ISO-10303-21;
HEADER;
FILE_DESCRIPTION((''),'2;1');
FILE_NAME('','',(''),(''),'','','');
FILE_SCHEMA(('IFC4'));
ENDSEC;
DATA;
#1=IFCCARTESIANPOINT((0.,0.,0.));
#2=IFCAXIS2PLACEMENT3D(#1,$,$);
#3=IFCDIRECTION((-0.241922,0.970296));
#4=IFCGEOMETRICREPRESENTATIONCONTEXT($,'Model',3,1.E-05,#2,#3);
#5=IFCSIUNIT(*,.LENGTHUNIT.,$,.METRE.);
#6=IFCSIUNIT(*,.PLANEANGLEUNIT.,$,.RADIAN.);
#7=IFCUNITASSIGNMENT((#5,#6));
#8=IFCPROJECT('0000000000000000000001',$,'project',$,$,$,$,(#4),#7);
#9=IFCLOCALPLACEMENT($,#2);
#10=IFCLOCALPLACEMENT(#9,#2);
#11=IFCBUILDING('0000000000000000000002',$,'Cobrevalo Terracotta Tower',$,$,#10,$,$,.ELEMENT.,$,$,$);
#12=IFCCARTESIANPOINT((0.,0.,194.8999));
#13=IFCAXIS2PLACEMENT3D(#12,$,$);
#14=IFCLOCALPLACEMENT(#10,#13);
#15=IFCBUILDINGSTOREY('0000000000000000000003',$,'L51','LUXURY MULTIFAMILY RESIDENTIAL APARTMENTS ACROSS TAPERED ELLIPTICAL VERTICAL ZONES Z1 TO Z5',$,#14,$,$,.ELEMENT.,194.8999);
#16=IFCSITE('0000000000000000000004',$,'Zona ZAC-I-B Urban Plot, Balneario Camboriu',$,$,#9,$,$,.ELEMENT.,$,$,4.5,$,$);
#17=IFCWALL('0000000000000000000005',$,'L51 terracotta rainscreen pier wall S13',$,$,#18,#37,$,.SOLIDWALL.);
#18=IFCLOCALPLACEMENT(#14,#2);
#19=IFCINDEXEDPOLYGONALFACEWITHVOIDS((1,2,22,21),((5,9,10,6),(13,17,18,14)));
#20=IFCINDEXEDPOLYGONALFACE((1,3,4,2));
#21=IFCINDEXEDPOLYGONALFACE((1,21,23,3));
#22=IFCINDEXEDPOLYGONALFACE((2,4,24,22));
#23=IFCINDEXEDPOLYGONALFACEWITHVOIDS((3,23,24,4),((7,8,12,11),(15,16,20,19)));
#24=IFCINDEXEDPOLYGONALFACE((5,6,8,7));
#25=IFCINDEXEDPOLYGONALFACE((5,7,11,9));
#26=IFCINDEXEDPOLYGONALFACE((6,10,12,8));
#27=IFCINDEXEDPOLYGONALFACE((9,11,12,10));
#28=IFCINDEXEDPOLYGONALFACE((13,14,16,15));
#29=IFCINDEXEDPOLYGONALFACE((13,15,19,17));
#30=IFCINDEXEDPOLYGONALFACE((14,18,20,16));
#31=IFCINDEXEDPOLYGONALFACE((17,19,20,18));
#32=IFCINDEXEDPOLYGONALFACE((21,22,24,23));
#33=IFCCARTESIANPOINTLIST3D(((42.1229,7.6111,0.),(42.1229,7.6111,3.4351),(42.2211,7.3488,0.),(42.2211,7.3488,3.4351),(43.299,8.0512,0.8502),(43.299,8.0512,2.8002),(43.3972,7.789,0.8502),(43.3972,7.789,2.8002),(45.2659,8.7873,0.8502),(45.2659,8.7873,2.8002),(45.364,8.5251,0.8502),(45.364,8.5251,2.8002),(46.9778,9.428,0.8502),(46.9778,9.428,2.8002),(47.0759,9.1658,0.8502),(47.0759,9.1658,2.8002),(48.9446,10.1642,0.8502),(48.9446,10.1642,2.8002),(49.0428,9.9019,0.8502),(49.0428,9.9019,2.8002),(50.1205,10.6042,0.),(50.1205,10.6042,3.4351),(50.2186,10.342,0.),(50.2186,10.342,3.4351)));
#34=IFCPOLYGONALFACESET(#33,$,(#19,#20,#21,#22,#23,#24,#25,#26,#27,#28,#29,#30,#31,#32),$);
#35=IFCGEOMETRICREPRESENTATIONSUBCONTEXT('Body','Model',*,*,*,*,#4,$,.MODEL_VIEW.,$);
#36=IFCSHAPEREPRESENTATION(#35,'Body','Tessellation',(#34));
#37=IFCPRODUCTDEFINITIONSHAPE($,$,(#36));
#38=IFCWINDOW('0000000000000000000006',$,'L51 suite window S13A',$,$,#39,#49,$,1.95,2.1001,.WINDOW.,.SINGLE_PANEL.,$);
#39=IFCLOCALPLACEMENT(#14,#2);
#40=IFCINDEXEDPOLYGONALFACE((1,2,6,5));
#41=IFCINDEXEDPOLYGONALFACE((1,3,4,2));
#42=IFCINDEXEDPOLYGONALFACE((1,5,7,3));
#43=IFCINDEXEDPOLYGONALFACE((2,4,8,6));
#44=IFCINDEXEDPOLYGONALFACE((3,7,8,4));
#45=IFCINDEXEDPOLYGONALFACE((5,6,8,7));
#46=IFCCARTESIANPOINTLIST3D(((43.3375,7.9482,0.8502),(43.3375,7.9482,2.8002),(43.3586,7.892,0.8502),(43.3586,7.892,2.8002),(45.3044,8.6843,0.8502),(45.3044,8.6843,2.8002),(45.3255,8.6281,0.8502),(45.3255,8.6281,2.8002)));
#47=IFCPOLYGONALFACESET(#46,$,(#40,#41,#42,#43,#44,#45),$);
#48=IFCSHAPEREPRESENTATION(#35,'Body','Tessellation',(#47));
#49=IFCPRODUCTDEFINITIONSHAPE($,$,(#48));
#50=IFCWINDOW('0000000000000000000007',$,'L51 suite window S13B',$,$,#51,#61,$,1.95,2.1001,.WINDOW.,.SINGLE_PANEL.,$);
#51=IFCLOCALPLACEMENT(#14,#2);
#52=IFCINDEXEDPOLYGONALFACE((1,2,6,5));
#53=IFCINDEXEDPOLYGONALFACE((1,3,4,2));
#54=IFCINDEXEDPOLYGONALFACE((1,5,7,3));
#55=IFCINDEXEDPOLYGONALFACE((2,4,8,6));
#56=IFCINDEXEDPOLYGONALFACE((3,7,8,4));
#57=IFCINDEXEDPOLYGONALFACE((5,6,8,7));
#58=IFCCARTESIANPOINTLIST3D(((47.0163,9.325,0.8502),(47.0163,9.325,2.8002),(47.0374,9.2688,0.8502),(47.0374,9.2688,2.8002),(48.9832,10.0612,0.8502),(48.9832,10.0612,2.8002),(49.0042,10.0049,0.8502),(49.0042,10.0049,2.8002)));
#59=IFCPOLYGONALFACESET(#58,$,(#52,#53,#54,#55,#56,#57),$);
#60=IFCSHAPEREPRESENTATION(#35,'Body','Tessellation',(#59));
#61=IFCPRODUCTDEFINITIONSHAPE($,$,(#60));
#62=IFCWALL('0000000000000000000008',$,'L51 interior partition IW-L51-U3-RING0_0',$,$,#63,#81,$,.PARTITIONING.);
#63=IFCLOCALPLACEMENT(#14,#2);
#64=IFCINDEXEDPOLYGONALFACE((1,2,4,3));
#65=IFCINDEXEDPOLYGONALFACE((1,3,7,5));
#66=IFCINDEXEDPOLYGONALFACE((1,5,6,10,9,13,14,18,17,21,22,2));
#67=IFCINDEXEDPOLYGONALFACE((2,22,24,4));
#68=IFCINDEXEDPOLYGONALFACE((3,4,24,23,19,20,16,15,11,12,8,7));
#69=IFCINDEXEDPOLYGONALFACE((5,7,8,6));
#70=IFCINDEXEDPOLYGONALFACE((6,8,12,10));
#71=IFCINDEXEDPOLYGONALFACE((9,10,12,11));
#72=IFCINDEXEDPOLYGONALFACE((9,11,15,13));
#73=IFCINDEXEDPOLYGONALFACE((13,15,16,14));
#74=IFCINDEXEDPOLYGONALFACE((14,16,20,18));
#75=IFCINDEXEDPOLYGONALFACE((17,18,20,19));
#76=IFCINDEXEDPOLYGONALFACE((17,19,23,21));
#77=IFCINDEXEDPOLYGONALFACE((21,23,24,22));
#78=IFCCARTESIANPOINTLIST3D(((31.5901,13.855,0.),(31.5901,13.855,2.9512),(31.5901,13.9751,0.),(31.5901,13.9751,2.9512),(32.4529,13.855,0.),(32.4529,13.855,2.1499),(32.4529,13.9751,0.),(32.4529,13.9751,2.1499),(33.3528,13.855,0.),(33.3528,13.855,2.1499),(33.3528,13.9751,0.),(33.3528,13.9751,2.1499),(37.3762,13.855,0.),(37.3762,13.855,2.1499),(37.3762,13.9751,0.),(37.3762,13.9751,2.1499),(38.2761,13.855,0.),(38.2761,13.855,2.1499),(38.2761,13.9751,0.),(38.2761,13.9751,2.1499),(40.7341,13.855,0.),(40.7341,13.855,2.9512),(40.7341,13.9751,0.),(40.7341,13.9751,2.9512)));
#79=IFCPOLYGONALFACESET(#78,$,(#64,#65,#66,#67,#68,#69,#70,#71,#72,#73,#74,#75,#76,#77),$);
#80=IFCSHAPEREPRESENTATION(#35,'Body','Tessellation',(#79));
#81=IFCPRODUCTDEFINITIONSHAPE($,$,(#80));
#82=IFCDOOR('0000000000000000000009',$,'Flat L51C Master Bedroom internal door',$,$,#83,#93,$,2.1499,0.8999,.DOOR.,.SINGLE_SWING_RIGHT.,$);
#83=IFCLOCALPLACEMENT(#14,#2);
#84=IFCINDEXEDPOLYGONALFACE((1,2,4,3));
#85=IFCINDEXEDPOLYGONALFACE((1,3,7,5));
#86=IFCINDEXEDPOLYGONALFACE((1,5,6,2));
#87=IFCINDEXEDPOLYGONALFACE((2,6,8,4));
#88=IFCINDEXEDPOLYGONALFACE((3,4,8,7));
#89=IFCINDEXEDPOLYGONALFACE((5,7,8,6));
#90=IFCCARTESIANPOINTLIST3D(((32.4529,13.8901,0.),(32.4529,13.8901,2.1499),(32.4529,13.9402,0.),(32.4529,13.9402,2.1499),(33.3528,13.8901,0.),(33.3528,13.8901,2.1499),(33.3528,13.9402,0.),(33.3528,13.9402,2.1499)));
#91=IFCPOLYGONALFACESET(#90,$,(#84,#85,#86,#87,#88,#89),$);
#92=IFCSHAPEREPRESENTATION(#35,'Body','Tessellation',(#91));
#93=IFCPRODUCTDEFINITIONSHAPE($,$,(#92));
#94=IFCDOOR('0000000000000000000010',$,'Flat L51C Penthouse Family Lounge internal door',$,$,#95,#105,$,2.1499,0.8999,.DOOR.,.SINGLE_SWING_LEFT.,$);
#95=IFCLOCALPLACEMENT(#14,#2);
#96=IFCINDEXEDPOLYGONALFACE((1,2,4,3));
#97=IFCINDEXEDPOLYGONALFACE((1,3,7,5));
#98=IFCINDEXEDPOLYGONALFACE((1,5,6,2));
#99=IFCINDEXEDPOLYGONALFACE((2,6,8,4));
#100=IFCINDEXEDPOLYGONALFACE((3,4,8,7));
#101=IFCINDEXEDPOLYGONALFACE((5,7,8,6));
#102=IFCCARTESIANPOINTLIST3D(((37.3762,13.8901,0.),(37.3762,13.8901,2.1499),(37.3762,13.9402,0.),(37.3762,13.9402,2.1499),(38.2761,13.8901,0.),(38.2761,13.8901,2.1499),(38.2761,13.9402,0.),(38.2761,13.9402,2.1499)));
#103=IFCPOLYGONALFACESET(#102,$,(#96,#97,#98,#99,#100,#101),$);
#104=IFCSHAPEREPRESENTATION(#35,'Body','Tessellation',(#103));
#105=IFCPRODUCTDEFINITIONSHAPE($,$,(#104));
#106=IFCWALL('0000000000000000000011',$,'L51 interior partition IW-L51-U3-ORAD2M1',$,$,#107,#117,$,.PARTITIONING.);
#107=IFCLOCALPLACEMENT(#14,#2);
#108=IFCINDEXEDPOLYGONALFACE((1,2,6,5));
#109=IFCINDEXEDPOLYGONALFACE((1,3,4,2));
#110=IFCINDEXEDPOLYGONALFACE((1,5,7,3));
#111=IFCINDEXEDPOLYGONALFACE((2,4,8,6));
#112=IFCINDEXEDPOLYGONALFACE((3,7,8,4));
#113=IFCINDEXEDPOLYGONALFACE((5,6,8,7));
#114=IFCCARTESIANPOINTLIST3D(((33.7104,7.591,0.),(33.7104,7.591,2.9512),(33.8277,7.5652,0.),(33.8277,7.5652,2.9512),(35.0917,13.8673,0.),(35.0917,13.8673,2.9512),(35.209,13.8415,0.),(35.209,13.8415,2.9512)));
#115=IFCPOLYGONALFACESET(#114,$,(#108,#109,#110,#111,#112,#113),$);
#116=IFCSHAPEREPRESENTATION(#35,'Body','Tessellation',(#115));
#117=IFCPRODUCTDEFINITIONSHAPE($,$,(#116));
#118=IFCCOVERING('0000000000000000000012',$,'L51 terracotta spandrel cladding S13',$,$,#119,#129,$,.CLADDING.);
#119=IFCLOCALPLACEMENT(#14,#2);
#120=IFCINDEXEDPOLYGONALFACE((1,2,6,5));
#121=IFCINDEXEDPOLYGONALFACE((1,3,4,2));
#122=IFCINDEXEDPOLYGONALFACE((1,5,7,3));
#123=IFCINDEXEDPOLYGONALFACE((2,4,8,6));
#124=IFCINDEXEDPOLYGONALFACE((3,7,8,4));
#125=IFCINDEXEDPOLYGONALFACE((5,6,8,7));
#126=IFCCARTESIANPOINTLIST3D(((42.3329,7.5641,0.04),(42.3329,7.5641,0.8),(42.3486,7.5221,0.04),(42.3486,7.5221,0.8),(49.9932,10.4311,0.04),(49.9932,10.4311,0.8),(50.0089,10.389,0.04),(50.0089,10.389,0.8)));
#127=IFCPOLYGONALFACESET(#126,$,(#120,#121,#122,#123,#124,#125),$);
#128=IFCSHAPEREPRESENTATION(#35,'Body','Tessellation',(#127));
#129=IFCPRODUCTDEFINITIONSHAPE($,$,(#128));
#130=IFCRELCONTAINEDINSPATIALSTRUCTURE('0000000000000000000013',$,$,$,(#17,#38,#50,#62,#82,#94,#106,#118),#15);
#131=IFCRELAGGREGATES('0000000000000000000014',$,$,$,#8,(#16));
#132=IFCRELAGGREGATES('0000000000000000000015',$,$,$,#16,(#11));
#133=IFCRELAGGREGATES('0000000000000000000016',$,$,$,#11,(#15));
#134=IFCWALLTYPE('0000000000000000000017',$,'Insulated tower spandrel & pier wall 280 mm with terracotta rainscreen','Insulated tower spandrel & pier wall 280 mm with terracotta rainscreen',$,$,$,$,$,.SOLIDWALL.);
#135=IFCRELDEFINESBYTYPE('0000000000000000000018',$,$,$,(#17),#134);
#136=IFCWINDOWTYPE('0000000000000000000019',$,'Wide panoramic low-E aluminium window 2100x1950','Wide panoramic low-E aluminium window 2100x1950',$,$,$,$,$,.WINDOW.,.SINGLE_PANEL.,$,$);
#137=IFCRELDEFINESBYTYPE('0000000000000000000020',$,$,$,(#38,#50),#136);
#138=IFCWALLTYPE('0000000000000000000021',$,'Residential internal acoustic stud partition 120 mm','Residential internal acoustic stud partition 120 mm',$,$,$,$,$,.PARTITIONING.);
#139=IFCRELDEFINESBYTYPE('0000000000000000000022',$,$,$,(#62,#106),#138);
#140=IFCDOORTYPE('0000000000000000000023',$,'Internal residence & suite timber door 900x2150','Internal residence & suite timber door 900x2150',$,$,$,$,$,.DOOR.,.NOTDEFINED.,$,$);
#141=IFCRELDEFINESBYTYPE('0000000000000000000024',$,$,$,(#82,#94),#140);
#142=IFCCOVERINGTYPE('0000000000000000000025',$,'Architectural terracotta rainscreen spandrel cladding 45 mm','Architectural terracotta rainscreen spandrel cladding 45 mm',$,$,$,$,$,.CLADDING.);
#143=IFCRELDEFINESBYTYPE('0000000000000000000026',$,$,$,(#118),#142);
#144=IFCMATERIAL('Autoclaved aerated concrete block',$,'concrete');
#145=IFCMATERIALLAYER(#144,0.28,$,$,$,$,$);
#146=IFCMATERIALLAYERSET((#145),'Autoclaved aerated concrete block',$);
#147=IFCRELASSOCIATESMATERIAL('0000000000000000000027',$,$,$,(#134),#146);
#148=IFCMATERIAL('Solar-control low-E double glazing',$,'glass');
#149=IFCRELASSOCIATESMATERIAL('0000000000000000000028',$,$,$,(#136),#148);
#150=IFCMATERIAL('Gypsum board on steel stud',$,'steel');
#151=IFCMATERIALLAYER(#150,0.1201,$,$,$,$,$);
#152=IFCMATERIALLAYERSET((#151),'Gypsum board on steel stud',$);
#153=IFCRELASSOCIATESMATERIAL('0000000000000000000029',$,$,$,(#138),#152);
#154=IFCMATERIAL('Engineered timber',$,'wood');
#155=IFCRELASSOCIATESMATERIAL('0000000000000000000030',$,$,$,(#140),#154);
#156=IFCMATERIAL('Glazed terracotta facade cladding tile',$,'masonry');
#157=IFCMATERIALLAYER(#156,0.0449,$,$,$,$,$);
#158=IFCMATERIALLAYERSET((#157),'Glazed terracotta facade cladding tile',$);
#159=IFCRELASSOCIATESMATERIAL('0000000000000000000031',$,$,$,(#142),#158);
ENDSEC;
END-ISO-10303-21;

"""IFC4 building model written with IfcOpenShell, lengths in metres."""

from ifc_helpers import new_model, si_unit, direction, frame, frame_2d, origin, origin_2d, place, context, subcontext, project, spatial, rectangle, extrude, source, transform, mapped, material, layer, layer_set, type_object, element, fill, save


model = new_model("IFC4")

# Units and contexts
model_context = context("Model", 3, precision=1e-05, world=origin(), true_north=direction((-0.241922, 0.970296)))
body_context = subcontext(model_context, "Body", "Model", "MODEL_VIEW")
ifc_project = project(units=[si_unit("LENGTHUNIT", "METRE"), si_unit("PLANEANGLEUNIT", "RADIAN")], contexts=[model_context])

# Site, building, storey
site_placement = place(None, origin())
site = spatial("IfcSite", under=ifc_project, at=site_placement, Name="Zona ZAC-I-B Urban Plot, Balneario Camboriu", CompositionType="ELEMENT", RefElevation=4.5)
building_placement = place(site_placement, origin())
building = spatial("IfcBuilding", under=site, at=building_placement, Name="Cobrevalo Terracotta Tower", CompositionType="ELEMENT")
storey_placement = place(building_placement, frame((0.0, 0.0, 194.8999)))
storey = spatial("IfcBuildingStorey", under=building, at=storey_placement, Name="L51", Description="LUXURY MULTIFAMILY RESIDENTIAL APARTMENTS ACROSS TAPERED ELLIPTICAL VERTICAL ZONES Z1 TO Z5", CompositionType="ELEMENT", Elevation=194.8999)

# Shared definitions
ifc_material_1 = material(Name="Solar-control low-E double glazing", Category="glass")

# Shared definitions
ifc_material_2 = material(Name="Autoclaved aerated concrete block", Category="concrete")

# Wall, openings, windows
ifc_layer_1 = layer(ifc_material_2, 0.28)
ifc_layer_set_1 = layer_set([ifc_layer_1], Name="Autoclaved aerated concrete block")
wall_type_1 = type_object("IfcWallType", Name="Insulated tower spandrel & pier wall 280 mm with terracotta rainscreen", Description="Insulated tower spandrel & pier wall 280 mm with terracotta rainscreen", PredefinedType="SOLIDWALL", material=ifc_layer_set_1)
wall_1_placement = place(storey_placement, frame((42.1721, 7.48, 0.0), z_axis=(0.0, 0.0, 1.0), x_axis=(0.936557, 0.350516, 0.0)))
wall_1 = element("IfcWall", 1, at=wall_1_placement, inside=storey, type_object=wall_type_1, Name="L51 terracotta rainscreen pier wall S13", PredefinedType="SOLIDWALL", context=body_context, shape_type="SweptSolid", body=[
    extrude(rectangle(XDim=8.5393, YDim=0.28, at=frame_2d((4.2695, 0.0))), origin(), (0.0, 0.0, 1.0), 3.4351),
])
opening_1_placement = place(wall_1_placement, frame((1.2556, 0.0, 0.8501)))
opening_1 = element("IfcOpeningElement", 2, at=opening_1_placement, cuts=wall_1, PredefinedType="OPENING", context=body_context, shape_type="SweptSolid", body=[
    extrude(rectangle(XDim=2.1001, YDim=1.95, at=frame_2d((1.05, 0.9751))), frame((0.0, 0.1499, 0.0), z_axis=(0.0, -1.0, 0.0), x_axis=(1.0, 0.0, 0.0)), (0.0, 0.0, 1.0), 0.3),
])
opening_2_placement = place(wall_1_placement, frame((5.1836, 0.0, 0.8501)))
opening_2 = element("IfcOpeningElement", 3, at=opening_2_placement, cuts=wall_1, PredefinedType="OPENING", context=body_context, shape_type="SweptSolid", body=[
    extrude(rectangle(XDim=2.1001, YDim=1.95, at=frame_2d((1.05, 0.9751))), frame((0.0, 0.1499, 0.0), z_axis=(0.0, -1.0, 0.0), x_axis=(1.0, 0.0, 0.0)), (0.0, 0.0, 1.0), 0.3),
])
window_type = type_object("IfcWindowType", Name="Wide panoramic low-E aluminium window 2100x1950", Description="Wide panoramic low-E aluminium window 2100x1950", PartitioningType="SINGLE_PANEL", PredefinedType="WINDOW", material=ifc_material_1)
shared_shape_1 = source(origin(), body_context, "Body", "SweptSolid", [
    extrude(rectangle(XDim=2.1001, YDim=1.95, at=frame_2d((1.05, 0.9751))), frame((0.0, 0.03, 0.0), z_axis=(0.0, -1.0, 0.0), x_axis=(1.0, 0.0, 0.0)), (0.0, 0.0, 1.0), 0.0601),
])
window_1_placement = place(opening_1_placement, origin())
window_1 = element("IfcWindow", 4, at=window_1_placement, inside=storey, type_object=window_type, Name="L51 suite window S13A", OverallHeight=1.95, OverallWidth=2.1001, PartitioningType="SINGLE_PANEL", PredefinedType="WINDOW", context=body_context, shape_type="MappedRepresentation", body=[
    mapped(shared_shape_1, transform((0.0, 0.0, 0.0), scale=1.0)),
])
fill(opening_1, window_1)
window_2_placement = place(opening_2_placement, origin())
window_2 = element("IfcWindow", 5, at=window_2_placement, inside=storey, type_object=window_type, Name="L51 suite window S13B", OverallHeight=1.95, OverallWidth=2.1001, PartitioningType="SINGLE_PANEL", PredefinedType="WINDOW", context=body_context, shape_type="MappedRepresentation", body=[
    mapped(shared_shape_1, transform((0.0, 0.0, 0.0), scale=1.0)),
])
fill(opening_2, window_2)

# Wall, openings, doors
ifc_material_3 = material(Name="Gypsum board on steel stud", Category="steel")
ifc_layer_2 = layer(ifc_material_3, 0.1201)
ifc_layer_set_2 = layer_set([ifc_layer_2], Name="Gypsum board on steel stud")
wall_type_2 = type_object("IfcWallType", Name="Residential internal acoustic stud partition 120 mm", Description="Residential internal acoustic stud partition 120 mm", PredefinedType="PARTITIONING", material=ifc_layer_set_2)
wall_2_placement = place(storey_placement, frame((40.7341, 13.915, 0.0), z_axis=(0.0, 0.0, 1.0), x_axis=(-1.0, 0.0, 0.0)))
wall_2 = element("IfcWall", 6, at=wall_2_placement, inside=storey, type_object=wall_type_2, Name="L51 interior partition IW-L51-U3-RING0_0", PredefinedType="PARTITIONING", context=body_context, shape_type="SweptSolid", body=[
    extrude(rectangle(XDim=9.144, YDim=0.1201, at=frame_2d((4.572, 0.0))), origin(), (0.0, 0.0, 1.0), 2.9512),
])
opening_3_placement = place(wall_2_placement, frame((7.3813, 0.0, 0.0)))
opening_3 = element("IfcOpeningElement", 7, at=opening_3_placement, cuts=wall_2, PredefinedType="OPENING", context=body_context, shape_type="SweptSolid", body=[
    extrude(rectangle(XDim=0.8999, YDim=2.1499, at=frame_2d((0.45, 1.075))), frame((0.0, 0.0701, 0.0), z_axis=(0.0, -1.0, 0.0), x_axis=(1.0, 0.0, 0.0)), (0.0, 0.0, 1.0), 0.1401),
])
opening_4_placement = place(wall_2_placement, frame((2.458, 0.0, 0.0)))
opening_4 = element("IfcOpeningElement", 8, at=opening_4_placement, cuts=wall_2, PredefinedType="OPENING", context=body_context, shape_type="SweptSolid", body=[
    extrude(rectangle(XDim=0.8999, YDim=2.1499, at=frame_2d((0.45, 1.075))), frame((0.0, 0.0701, 0.0), z_axis=(0.0, -1.0, 0.0), x_axis=(1.0, 0.0, 0.0)), (0.0, 0.0, 1.0), 0.1401),
])
ifc_material_4 = material(Name="Engineered timber", Category="wood")
door_type_1 = type_object("IfcDoorType", Name="Internal residence & suite timber door 900x2150", Description="Internal residence & suite timber door 900x2150", OperationType="NOTDEFINED", PredefinedType="DOOR", material=ifc_material_4)
shared_shape_2 = source(origin(), body_context, "Body", "SweptSolid", [
    extrude(rectangle(XDim=0.8999, YDim=2.1499, at=frame_2d((0.45, 1.075))), frame((0.0, 0.0249, 0.0), z_axis=(0.0, -1.0, 0.0), x_axis=(1.0, 0.0, 0.0)), (0.0, 0.0, 1.0), 0.05),
])
door_1_placement = place(opening_3_placement, origin())
door_1 = element("IfcDoor", 9, at=door_1_placement, inside=storey, type_object=door_type_1, Name="Flat L51C Master Bedroom internal door", OperationType="SINGLE_SWING_RIGHT", OverallHeight=2.1499, OverallWidth=0.8999, PredefinedType="DOOR", context=body_context, shape_type="MappedRepresentation", body=[
    mapped(shared_shape_2, transform((0.0, 0.0, 0.0), scale=1.0)),
])
fill(opening_3, door_1)
door_2_placement = place(opening_4_placement, origin())
door_2 = element("IfcDoor", 10, at=door_2_placement, inside=storey, type_object=door_type_1, Name="Flat L51C Penthouse Family Lounge internal door", OperationType="SINGLE_SWING_LEFT", OverallHeight=2.1499, OverallWidth=0.8999, PredefinedType="DOOR", context=body_context, shape_type="MappedRepresentation", body=[
    mapped(shared_shape_2, transform((0.0, 0.0, 0.0), scale=1.0)),
])
fill(opening_4, door_2)

# Wall
wall_3_placement = place(storey_placement, frame((35.1504, 13.8545, 0.0), z_axis=(0.0, 0.0, 1.0), x_axis=(-0.214943, -0.976627, 0.0)))
element("IfcWall", 11, at=wall_3_placement, inside=storey, type_object=wall_type_2, Name="L51 interior partition IW-L51-U3-ORAD2M1", PredefinedType="PARTITIONING", context=body_context, shape_type="SweptSolid", body=[
    extrude(rectangle(XDim=6.4265, YDim=0.1201, at=frame_2d((3.2134, 0.0))), origin(), (0.0, 0.0, 1.0), 2.9512),
])

# Covering
ifc_material_5 = material(Name="Glazed terracotta facade cladding tile", Category="masonry")
ifc_layer_3 = layer(ifc_material_5, 0.0449)
ifc_layer_set_3 = layer_set([ifc_layer_3], Name="Glazed terracotta facade cladding tile")
covering_type = type_object("IfcCoveringType", Name="Architectural terracotta rainscreen spandrel cladding 45 mm", Description="Architectural terracotta rainscreen spandrel cladding 45 mm", PredefinedType="CLADDING", material=ifc_layer_set_3)
shared_shape_3 = source(origin(), body_context, "Body", "SweptSolid", [
    extrude(rectangle(XDim=8.1792, YDim=0.0449, at=origin_2d()), origin(), (0.0, 0.0, 1.0), 0.76),
])
covering_placement = place(storey_placement, frame((46.1709, 8.9766, 0.04), z_axis=(0.0, 0.0, 1.0), x_axis=(0.936558, 0.350513, 0.0)))
element("IfcCovering", 12, at=covering_placement, inside=storey, type_object=covering_type, Name="L51 terracotta spandrel cladding S13", PredefinedType="CLADDING", context=body_context, shape_type="MappedRepresentation", body=[
    mapped(shared_shape_3, transform((0.0, 0.0, 0.0), scale=1.0)),
])

save(model, "model.ifc")
